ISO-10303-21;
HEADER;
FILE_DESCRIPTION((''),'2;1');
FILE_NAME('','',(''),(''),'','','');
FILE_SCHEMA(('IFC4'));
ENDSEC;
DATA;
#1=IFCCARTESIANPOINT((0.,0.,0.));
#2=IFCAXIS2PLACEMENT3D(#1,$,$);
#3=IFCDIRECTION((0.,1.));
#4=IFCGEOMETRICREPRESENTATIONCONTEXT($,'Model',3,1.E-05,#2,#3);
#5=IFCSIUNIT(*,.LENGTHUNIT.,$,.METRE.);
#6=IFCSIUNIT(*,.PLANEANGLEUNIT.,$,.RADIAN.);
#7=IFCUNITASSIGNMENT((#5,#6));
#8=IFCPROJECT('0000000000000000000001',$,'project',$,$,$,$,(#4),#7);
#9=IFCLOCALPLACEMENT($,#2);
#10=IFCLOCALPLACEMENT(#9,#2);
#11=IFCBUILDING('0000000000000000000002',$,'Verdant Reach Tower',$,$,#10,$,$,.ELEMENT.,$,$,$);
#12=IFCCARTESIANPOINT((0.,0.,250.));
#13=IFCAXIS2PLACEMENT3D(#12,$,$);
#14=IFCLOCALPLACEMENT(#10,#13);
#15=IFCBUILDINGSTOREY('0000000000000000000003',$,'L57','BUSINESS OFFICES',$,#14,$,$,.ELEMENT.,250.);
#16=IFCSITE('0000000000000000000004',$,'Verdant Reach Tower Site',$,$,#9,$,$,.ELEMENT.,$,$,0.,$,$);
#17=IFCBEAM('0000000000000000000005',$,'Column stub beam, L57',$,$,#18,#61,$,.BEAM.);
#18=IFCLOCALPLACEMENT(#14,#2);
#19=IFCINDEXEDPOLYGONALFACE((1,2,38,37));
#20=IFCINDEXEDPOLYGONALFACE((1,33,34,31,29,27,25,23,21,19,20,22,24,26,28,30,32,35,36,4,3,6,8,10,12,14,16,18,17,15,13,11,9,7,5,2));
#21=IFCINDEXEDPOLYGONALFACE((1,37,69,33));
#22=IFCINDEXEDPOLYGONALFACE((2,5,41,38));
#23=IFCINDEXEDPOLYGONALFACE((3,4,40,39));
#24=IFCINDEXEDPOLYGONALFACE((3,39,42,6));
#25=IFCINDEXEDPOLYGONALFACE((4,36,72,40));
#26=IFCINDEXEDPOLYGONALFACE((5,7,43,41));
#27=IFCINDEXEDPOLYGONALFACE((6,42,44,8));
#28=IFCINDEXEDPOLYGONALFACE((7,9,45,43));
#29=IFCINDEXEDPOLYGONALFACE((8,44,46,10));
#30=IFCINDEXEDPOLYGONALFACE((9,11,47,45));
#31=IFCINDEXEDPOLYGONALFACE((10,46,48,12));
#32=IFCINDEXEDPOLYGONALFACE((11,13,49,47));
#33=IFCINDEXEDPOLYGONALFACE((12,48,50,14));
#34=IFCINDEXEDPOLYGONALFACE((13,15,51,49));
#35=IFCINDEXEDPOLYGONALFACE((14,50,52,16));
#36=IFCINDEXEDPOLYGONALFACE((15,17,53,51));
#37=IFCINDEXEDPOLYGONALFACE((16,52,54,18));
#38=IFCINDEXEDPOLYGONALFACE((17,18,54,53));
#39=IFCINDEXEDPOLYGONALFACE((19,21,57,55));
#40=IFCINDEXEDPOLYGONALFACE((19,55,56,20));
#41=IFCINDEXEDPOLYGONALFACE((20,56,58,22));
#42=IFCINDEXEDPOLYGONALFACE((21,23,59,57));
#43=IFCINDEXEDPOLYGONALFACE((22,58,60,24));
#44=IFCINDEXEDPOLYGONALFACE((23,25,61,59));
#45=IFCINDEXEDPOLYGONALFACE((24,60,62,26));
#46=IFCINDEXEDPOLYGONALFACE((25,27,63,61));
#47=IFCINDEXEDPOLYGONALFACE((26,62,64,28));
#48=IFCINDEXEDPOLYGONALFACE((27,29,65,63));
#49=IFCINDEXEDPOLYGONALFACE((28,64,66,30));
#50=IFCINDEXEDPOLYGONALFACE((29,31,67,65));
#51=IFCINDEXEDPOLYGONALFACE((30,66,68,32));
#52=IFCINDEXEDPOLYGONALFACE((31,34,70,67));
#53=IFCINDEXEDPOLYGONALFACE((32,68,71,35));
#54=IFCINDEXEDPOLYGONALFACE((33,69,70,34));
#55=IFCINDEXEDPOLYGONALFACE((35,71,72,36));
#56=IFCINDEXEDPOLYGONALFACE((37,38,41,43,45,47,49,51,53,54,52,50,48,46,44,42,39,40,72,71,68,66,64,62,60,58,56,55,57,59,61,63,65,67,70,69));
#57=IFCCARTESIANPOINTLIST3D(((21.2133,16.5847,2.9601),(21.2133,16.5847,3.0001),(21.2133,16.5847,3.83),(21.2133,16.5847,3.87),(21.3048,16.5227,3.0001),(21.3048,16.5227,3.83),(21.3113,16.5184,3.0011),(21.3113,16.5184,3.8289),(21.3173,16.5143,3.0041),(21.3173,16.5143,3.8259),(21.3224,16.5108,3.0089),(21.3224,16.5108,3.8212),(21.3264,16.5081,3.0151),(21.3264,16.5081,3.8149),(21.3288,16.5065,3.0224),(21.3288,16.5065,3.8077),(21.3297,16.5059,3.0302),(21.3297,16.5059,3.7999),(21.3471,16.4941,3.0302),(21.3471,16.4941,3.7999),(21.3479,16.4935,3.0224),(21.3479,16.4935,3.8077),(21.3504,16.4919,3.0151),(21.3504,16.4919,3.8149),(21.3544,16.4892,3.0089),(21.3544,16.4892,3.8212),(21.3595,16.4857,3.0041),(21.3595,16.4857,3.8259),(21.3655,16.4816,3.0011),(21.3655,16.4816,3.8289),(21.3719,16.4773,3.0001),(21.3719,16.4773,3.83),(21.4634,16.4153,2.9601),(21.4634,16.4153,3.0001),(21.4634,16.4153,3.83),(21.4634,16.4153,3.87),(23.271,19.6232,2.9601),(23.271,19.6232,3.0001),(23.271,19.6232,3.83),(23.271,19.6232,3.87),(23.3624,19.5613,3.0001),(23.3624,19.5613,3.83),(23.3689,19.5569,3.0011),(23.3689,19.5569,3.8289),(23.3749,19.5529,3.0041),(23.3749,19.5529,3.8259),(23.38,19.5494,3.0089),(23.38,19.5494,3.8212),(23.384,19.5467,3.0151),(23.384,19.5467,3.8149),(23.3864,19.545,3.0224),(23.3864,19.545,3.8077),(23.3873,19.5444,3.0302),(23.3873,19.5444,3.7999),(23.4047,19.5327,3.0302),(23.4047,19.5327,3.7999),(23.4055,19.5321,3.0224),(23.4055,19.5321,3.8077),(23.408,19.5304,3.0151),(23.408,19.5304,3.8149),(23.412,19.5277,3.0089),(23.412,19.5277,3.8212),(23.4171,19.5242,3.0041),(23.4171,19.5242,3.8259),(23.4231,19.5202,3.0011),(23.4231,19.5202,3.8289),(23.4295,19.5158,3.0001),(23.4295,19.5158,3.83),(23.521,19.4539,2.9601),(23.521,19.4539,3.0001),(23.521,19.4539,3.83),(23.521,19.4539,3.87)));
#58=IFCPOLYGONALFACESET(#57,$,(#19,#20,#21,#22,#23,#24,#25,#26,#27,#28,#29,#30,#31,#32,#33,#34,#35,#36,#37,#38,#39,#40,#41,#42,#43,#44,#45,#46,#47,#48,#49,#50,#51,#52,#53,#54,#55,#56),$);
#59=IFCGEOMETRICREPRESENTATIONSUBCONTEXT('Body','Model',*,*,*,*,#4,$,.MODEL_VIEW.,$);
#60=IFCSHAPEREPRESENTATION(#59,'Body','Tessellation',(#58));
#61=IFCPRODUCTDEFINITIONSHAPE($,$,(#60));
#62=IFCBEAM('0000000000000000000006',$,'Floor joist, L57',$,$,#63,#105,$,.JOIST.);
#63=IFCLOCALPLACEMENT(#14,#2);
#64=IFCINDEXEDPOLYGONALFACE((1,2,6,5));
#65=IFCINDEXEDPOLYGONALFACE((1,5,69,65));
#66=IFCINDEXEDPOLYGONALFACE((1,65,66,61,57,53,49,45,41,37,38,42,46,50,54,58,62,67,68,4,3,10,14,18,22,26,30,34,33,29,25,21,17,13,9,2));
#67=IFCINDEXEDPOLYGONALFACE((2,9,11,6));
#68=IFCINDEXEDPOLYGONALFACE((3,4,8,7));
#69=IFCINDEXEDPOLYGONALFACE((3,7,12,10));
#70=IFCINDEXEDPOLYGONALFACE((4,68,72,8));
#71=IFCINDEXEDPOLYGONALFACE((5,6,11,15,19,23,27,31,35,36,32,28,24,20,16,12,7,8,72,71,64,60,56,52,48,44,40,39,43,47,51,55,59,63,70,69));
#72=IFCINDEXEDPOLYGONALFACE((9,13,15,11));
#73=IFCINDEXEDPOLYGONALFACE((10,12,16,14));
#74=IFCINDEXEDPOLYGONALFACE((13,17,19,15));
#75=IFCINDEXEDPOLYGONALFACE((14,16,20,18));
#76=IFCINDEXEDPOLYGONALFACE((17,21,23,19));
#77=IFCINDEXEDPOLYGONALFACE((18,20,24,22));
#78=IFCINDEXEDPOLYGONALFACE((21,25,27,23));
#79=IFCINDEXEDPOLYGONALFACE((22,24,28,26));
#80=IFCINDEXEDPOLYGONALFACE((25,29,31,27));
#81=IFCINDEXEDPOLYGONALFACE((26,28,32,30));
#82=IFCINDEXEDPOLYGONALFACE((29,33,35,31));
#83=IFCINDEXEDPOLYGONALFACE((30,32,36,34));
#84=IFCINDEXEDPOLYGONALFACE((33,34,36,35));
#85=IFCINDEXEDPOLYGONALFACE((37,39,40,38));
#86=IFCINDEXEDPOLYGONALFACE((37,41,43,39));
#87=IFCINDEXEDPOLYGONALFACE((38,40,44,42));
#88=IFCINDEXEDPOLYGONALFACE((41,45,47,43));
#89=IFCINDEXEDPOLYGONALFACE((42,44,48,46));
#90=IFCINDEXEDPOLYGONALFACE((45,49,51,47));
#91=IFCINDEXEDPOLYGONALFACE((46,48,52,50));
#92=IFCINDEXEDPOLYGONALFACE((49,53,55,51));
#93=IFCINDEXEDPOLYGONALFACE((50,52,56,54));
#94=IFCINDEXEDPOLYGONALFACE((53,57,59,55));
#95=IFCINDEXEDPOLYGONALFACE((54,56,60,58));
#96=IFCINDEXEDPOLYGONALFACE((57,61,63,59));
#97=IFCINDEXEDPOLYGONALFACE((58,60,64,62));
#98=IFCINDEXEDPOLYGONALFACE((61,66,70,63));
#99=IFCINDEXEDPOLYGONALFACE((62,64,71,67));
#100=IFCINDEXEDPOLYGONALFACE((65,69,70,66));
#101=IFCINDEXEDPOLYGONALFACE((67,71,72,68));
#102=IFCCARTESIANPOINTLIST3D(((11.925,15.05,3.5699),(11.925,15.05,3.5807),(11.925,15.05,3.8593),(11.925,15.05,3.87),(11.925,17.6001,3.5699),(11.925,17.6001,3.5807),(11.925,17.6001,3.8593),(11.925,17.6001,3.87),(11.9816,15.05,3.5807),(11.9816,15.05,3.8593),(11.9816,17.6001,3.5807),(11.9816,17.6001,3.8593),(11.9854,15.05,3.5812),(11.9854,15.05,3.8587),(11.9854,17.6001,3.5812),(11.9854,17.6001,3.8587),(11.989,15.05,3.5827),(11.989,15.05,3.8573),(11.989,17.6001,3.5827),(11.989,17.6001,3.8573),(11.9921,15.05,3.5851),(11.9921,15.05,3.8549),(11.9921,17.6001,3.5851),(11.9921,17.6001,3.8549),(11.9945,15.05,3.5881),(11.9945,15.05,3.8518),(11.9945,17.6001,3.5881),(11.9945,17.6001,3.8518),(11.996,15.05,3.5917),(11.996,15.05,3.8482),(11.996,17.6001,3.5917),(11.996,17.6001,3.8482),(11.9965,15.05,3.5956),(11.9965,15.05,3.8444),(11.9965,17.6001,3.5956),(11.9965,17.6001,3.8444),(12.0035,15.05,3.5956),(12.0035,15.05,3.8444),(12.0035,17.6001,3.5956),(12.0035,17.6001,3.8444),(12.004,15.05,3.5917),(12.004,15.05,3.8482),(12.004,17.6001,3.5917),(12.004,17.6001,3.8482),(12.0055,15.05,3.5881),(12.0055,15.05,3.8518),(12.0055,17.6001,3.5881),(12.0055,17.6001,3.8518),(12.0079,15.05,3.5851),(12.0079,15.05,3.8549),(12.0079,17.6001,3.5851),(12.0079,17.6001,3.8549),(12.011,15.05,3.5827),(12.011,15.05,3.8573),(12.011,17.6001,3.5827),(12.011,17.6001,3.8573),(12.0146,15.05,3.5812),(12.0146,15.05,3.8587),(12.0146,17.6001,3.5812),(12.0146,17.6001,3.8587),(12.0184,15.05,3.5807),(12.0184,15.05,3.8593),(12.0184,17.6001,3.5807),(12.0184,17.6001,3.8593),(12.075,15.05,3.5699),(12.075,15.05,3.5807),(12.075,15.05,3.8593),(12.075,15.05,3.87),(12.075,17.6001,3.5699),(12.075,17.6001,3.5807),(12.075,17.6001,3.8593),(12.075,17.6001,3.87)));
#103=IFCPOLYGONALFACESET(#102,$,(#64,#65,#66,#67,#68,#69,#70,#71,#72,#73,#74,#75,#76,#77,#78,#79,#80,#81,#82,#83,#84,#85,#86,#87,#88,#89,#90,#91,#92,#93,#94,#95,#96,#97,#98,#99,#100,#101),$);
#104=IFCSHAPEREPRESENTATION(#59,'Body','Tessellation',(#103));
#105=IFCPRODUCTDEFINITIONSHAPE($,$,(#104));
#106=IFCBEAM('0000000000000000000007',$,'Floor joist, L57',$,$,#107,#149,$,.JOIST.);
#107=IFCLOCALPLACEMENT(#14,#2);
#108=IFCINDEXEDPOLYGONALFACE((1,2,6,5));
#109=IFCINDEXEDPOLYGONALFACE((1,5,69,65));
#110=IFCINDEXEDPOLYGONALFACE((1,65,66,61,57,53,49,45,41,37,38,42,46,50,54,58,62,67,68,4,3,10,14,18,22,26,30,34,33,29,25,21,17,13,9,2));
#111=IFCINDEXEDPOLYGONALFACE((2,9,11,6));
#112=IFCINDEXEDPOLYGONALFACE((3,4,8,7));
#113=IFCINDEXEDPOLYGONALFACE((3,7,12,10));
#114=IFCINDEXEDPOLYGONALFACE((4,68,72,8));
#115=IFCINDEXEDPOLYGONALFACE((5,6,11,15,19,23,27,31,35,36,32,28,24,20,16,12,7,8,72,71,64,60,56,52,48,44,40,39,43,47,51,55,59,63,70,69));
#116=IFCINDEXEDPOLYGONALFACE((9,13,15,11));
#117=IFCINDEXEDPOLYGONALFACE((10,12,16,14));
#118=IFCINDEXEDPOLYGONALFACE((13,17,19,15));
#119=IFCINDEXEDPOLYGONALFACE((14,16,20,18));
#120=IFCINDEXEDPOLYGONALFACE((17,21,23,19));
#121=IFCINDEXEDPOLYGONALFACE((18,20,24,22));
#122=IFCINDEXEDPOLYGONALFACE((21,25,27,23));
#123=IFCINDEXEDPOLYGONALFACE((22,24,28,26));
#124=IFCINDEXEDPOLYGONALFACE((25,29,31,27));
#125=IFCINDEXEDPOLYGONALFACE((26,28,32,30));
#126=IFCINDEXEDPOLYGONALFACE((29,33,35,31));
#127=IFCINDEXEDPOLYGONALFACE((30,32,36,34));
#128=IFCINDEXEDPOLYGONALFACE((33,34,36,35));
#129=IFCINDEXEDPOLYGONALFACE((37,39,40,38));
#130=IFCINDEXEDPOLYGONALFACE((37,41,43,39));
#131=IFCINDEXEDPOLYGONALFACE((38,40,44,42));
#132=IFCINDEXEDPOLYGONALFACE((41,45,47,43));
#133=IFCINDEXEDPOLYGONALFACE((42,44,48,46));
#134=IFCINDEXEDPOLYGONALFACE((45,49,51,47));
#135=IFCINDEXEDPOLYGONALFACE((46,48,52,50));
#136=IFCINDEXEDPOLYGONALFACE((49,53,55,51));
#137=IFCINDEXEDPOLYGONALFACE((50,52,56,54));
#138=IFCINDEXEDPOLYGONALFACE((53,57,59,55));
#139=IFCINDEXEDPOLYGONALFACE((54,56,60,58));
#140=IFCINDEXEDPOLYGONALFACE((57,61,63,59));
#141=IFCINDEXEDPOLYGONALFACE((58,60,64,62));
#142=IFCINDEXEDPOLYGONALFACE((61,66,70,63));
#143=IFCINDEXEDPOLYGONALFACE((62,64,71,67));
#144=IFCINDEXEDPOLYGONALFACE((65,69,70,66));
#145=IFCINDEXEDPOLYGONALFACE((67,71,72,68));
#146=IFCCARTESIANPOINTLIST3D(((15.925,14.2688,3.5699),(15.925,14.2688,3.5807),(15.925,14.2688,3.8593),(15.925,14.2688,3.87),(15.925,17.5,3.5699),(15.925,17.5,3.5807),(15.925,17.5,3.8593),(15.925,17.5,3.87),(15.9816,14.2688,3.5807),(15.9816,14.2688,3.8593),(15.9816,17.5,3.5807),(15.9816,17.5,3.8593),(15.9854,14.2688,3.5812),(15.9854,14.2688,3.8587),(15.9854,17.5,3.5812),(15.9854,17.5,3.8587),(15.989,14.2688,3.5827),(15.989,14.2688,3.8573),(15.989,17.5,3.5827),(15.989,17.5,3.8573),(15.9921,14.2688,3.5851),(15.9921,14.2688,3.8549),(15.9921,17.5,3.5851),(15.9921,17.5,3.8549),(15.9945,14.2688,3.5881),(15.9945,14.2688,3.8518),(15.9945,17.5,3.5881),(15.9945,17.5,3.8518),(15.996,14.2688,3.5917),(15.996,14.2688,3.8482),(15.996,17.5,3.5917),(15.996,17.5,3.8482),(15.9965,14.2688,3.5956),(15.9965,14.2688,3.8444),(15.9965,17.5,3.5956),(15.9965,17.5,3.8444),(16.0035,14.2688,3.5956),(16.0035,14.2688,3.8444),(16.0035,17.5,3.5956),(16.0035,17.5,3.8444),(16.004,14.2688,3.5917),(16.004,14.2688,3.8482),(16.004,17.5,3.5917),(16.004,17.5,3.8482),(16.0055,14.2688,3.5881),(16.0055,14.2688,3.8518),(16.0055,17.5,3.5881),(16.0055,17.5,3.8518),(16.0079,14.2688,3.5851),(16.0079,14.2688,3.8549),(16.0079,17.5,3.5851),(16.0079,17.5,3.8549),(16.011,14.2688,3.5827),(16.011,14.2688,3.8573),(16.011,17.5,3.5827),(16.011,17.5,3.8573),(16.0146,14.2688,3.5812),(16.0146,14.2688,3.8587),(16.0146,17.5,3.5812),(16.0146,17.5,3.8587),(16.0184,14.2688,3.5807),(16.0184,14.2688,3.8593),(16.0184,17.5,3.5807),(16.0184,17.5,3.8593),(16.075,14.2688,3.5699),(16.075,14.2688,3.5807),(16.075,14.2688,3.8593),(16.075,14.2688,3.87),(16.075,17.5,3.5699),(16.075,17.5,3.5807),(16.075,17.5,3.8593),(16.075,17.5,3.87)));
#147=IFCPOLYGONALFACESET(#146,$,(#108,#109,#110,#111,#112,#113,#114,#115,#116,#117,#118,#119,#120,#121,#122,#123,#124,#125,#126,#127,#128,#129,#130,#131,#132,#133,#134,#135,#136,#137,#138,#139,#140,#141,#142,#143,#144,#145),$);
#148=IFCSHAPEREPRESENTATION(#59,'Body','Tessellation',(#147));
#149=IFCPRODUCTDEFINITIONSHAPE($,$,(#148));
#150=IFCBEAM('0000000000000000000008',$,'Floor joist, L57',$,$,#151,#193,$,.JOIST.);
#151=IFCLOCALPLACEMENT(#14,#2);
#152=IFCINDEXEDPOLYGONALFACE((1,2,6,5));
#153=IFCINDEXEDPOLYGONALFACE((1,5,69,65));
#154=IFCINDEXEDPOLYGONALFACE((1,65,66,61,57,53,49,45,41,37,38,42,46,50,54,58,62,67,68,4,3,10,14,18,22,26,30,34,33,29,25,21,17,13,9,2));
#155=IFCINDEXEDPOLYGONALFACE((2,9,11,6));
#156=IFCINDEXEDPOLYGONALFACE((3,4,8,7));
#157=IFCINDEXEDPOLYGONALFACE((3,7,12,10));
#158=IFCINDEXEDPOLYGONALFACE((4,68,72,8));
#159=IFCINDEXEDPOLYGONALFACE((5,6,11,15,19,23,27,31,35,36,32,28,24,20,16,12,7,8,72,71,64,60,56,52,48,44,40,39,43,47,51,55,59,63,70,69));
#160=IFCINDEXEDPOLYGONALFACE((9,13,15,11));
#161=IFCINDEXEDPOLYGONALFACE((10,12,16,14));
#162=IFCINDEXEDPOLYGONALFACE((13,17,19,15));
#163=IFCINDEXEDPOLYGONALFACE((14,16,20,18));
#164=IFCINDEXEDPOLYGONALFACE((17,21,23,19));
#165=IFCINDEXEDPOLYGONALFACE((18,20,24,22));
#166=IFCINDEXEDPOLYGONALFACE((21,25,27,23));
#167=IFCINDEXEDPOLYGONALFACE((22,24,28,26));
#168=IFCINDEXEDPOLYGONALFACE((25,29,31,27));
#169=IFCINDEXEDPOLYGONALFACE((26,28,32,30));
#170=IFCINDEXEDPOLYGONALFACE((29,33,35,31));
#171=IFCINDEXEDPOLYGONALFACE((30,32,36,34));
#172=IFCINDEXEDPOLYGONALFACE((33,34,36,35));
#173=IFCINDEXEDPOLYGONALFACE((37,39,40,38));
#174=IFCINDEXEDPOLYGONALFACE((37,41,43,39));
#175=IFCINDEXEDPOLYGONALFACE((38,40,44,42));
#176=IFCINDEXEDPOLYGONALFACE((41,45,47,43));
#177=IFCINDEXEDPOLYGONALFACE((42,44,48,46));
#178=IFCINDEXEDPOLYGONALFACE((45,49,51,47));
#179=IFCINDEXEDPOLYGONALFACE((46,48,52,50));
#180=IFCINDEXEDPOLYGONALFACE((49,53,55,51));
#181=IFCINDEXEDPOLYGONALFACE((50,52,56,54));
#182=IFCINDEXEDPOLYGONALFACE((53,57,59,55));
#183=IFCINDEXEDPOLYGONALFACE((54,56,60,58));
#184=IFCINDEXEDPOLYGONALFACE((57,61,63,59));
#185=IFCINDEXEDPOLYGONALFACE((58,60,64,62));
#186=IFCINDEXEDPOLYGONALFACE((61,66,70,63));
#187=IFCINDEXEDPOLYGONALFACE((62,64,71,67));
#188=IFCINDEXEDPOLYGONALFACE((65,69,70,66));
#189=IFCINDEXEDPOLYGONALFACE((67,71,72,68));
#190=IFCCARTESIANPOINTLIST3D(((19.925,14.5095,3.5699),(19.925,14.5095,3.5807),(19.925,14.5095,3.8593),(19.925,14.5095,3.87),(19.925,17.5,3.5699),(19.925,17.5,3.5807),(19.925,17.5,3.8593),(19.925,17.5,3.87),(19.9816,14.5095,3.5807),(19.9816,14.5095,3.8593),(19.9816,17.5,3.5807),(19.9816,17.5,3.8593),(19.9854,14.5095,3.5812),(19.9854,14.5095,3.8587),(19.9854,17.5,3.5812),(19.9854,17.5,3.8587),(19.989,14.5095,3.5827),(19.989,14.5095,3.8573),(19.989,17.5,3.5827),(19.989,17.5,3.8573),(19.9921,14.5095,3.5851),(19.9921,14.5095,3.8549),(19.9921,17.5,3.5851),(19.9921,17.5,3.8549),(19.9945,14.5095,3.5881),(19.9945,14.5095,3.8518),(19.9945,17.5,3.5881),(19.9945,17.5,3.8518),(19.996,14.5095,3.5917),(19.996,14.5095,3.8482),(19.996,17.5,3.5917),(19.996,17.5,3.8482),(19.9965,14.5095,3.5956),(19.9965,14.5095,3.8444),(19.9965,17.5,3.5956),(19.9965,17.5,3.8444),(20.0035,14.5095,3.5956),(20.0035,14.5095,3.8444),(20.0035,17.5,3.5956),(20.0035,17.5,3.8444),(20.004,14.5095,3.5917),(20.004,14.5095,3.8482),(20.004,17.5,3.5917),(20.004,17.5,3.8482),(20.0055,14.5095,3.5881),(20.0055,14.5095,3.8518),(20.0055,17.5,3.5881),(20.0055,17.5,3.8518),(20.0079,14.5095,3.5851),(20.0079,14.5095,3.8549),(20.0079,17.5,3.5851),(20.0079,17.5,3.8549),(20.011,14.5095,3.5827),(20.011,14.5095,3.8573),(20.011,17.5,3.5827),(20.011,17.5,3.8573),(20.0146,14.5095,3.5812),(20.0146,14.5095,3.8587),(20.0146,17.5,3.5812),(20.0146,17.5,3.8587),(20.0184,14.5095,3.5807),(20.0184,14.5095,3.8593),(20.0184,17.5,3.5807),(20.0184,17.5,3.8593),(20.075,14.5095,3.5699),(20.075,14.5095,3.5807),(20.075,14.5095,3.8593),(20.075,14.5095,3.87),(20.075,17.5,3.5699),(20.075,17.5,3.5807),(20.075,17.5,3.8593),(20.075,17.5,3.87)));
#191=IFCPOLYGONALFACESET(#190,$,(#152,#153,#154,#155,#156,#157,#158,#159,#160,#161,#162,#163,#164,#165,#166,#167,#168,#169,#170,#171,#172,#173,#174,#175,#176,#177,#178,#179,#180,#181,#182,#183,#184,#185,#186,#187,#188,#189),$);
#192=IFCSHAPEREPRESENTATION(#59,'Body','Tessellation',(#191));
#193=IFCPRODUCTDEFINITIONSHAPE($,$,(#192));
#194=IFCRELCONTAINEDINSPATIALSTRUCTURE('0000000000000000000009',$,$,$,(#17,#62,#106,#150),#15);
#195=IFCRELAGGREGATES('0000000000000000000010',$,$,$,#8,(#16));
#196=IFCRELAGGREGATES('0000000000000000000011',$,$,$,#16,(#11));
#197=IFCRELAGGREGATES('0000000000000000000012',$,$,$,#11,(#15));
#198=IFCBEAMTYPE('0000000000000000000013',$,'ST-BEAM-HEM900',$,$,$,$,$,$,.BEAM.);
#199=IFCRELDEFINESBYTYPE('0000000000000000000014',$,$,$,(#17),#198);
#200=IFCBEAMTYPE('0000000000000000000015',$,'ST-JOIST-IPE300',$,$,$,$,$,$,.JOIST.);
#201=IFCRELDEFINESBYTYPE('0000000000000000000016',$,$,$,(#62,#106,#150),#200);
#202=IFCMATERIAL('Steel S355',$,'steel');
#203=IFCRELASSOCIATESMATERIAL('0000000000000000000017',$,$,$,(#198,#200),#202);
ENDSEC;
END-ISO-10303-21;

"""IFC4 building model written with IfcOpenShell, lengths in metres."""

from ifc_helpers import new_model, si_unit, direction, frame, origin, origin_2d, place, context, subcontext, project, spatial, i_section, extrude, material, material_profile, profile_set, type_object, element, save


model = new_model("IFC4")

# Units and contexts
model_context = context("Model", 3, precision=1e-05, world=origin(), true_north=direction((0.0, 1.0)))
body_context = subcontext(model_context, "Body", "Model", "MODEL_VIEW")
ifc_project = project(units=[si_unit("LENGTHUNIT", "METRE"), si_unit("PLANEANGLEUNIT", "RADIAN")], contexts=[model_context])

# Site, building, storey
site_placement = place(None, origin())
site = spatial("IfcSite", under=ifc_project, at=site_placement, Name="Verdant Reach Tower Site", CompositionType="ELEMENT", RefElevation=0.0)
building_placement = place(site_placement, origin())
building = spatial("IfcBuilding", under=site, at=building_placement, Name="Verdant Reach Tower", CompositionType="ELEMENT")
storey_placement = place(building_placement, frame((0.0, 0.0, 250.0)))
storey = spatial("IfcBuildingStorey", under=building, at=storey_placement, Name="L57", Description="BUSINESS OFFICES", CompositionType="ELEMENT", Elevation=250.0)

# Beams
ifc_material_1 = material(Name="Steel S355", Category="steel")
ifc_material_profile_1 = material_profile(ifc_material_1, i_section(OverallWidth=0.302, OverallDepth=0.9099, WebThickness=0.021, FlangeThickness=0.04, FilletRadius=0.03, at=origin_2d()), Name="HEM 900")
ifc_profile_set_1 = profile_set([ifc_material_profile_1], Name="Steel S355")
beam_type_1 = type_object("IfcBeamType", Name="ST-BEAM-HEM900", PredefinedType="BEAM", material=ifc_profile_set_1)
beam_1_placement = place(storey_placement, frame((21.3384, 16.5, 3.415), z_axis=(0.560704, 0.828016, 0.0), x_axis=(-0.828016, 0.560704, 0.0)))
element("IfcBeam", 1, at=beam_1_placement, inside=storey, type_object=beam_type_1, Name="Column stub beam, L57", PredefinedType="BEAM", context=body_context, shape_type="SweptSolid", body=[
    extrude(i_section(OverallWidth=0.302, OverallDepth=0.9099, WebThickness=0.021, FlangeThickness=0.04, FilletRadius=0.03, at=origin_2d()), origin(), (0.0, 0.0, 1.0), 3.6697),
])
ifc_material_profile_2 = material_profile(ifc_material_1, i_section(OverallWidth=0.1499, OverallDepth=0.3, WebThickness=0.0071, FlangeThickness=0.0107, FilletRadius=0.0149, at=origin_2d()), Name="IPE 300")
ifc_profile_set_2 = profile_set([ifc_material_profile_2], Name="Steel S355")
beam_type_2 = type_object("IfcBeamType", Name="ST-JOIST-IPE300", PredefinedType="JOIST", material=ifc_profile_set_2)
beam_2_placement = place(storey_placement, frame((12.0, 17.6001, 3.72), z_axis=(0.0, -1.0, 0.0), x_axis=(1.0, 0.0, 0.0)))
element("IfcBeam", 2, at=beam_2_placement, inside=storey, type_object=beam_type_2, Name="Floor joist, L57", PredefinedType="JOIST", context=body_context, shape_type="SweptSolid", body=[
    extrude(i_section(OverallWidth=0.1499, OverallDepth=0.3, WebThickness=0.0071, FlangeThickness=0.0107, FilletRadius=0.0149, at=origin_2d()), origin(), (0.0, 0.0, 1.0), 2.55),
])
beam_3_placement = place(storey_placement, frame((16.0, 17.5, 3.72), z_axis=(0.0, -1.0, 0.0), x_axis=(1.0, 0.0, 0.0)))
element("IfcBeam", 3, at=beam_3_placement, inside=storey, type_object=beam_type_2, Name="Floor joist, L57", PredefinedType="JOIST", context=body_context, shape_type="SweptSolid", body=[
    extrude(i_section(OverallWidth=0.1499, OverallDepth=0.3, WebThickness=0.0071, FlangeThickness=0.0107, FilletRadius=0.0149, at=origin_2d()), origin(), (0.0, 0.0, 1.0), 3.2312),
])
beam_4_placement = place(storey_placement, frame((20.0, 17.5, 3.72), z_axis=(0.0, -1.0, 0.0), x_axis=(1.0, 0.0, 0.0)))
element("IfcBeam", 4, at=beam_4_placement, inside=storey, type_object=beam_type_2, Name="Floor joist, L57", PredefinedType="JOIST", context=body_context, shape_type="SweptSolid", body=[
    extrude(i_section(OverallWidth=0.1499, OverallDepth=0.3, WebThickness=0.0071, FlangeThickness=0.0107, FilletRadius=0.0149, at=origin_2d()), origin(), (0.0, 0.0, 1.0), 2.9905),
])

save(model, "model.ifc")
